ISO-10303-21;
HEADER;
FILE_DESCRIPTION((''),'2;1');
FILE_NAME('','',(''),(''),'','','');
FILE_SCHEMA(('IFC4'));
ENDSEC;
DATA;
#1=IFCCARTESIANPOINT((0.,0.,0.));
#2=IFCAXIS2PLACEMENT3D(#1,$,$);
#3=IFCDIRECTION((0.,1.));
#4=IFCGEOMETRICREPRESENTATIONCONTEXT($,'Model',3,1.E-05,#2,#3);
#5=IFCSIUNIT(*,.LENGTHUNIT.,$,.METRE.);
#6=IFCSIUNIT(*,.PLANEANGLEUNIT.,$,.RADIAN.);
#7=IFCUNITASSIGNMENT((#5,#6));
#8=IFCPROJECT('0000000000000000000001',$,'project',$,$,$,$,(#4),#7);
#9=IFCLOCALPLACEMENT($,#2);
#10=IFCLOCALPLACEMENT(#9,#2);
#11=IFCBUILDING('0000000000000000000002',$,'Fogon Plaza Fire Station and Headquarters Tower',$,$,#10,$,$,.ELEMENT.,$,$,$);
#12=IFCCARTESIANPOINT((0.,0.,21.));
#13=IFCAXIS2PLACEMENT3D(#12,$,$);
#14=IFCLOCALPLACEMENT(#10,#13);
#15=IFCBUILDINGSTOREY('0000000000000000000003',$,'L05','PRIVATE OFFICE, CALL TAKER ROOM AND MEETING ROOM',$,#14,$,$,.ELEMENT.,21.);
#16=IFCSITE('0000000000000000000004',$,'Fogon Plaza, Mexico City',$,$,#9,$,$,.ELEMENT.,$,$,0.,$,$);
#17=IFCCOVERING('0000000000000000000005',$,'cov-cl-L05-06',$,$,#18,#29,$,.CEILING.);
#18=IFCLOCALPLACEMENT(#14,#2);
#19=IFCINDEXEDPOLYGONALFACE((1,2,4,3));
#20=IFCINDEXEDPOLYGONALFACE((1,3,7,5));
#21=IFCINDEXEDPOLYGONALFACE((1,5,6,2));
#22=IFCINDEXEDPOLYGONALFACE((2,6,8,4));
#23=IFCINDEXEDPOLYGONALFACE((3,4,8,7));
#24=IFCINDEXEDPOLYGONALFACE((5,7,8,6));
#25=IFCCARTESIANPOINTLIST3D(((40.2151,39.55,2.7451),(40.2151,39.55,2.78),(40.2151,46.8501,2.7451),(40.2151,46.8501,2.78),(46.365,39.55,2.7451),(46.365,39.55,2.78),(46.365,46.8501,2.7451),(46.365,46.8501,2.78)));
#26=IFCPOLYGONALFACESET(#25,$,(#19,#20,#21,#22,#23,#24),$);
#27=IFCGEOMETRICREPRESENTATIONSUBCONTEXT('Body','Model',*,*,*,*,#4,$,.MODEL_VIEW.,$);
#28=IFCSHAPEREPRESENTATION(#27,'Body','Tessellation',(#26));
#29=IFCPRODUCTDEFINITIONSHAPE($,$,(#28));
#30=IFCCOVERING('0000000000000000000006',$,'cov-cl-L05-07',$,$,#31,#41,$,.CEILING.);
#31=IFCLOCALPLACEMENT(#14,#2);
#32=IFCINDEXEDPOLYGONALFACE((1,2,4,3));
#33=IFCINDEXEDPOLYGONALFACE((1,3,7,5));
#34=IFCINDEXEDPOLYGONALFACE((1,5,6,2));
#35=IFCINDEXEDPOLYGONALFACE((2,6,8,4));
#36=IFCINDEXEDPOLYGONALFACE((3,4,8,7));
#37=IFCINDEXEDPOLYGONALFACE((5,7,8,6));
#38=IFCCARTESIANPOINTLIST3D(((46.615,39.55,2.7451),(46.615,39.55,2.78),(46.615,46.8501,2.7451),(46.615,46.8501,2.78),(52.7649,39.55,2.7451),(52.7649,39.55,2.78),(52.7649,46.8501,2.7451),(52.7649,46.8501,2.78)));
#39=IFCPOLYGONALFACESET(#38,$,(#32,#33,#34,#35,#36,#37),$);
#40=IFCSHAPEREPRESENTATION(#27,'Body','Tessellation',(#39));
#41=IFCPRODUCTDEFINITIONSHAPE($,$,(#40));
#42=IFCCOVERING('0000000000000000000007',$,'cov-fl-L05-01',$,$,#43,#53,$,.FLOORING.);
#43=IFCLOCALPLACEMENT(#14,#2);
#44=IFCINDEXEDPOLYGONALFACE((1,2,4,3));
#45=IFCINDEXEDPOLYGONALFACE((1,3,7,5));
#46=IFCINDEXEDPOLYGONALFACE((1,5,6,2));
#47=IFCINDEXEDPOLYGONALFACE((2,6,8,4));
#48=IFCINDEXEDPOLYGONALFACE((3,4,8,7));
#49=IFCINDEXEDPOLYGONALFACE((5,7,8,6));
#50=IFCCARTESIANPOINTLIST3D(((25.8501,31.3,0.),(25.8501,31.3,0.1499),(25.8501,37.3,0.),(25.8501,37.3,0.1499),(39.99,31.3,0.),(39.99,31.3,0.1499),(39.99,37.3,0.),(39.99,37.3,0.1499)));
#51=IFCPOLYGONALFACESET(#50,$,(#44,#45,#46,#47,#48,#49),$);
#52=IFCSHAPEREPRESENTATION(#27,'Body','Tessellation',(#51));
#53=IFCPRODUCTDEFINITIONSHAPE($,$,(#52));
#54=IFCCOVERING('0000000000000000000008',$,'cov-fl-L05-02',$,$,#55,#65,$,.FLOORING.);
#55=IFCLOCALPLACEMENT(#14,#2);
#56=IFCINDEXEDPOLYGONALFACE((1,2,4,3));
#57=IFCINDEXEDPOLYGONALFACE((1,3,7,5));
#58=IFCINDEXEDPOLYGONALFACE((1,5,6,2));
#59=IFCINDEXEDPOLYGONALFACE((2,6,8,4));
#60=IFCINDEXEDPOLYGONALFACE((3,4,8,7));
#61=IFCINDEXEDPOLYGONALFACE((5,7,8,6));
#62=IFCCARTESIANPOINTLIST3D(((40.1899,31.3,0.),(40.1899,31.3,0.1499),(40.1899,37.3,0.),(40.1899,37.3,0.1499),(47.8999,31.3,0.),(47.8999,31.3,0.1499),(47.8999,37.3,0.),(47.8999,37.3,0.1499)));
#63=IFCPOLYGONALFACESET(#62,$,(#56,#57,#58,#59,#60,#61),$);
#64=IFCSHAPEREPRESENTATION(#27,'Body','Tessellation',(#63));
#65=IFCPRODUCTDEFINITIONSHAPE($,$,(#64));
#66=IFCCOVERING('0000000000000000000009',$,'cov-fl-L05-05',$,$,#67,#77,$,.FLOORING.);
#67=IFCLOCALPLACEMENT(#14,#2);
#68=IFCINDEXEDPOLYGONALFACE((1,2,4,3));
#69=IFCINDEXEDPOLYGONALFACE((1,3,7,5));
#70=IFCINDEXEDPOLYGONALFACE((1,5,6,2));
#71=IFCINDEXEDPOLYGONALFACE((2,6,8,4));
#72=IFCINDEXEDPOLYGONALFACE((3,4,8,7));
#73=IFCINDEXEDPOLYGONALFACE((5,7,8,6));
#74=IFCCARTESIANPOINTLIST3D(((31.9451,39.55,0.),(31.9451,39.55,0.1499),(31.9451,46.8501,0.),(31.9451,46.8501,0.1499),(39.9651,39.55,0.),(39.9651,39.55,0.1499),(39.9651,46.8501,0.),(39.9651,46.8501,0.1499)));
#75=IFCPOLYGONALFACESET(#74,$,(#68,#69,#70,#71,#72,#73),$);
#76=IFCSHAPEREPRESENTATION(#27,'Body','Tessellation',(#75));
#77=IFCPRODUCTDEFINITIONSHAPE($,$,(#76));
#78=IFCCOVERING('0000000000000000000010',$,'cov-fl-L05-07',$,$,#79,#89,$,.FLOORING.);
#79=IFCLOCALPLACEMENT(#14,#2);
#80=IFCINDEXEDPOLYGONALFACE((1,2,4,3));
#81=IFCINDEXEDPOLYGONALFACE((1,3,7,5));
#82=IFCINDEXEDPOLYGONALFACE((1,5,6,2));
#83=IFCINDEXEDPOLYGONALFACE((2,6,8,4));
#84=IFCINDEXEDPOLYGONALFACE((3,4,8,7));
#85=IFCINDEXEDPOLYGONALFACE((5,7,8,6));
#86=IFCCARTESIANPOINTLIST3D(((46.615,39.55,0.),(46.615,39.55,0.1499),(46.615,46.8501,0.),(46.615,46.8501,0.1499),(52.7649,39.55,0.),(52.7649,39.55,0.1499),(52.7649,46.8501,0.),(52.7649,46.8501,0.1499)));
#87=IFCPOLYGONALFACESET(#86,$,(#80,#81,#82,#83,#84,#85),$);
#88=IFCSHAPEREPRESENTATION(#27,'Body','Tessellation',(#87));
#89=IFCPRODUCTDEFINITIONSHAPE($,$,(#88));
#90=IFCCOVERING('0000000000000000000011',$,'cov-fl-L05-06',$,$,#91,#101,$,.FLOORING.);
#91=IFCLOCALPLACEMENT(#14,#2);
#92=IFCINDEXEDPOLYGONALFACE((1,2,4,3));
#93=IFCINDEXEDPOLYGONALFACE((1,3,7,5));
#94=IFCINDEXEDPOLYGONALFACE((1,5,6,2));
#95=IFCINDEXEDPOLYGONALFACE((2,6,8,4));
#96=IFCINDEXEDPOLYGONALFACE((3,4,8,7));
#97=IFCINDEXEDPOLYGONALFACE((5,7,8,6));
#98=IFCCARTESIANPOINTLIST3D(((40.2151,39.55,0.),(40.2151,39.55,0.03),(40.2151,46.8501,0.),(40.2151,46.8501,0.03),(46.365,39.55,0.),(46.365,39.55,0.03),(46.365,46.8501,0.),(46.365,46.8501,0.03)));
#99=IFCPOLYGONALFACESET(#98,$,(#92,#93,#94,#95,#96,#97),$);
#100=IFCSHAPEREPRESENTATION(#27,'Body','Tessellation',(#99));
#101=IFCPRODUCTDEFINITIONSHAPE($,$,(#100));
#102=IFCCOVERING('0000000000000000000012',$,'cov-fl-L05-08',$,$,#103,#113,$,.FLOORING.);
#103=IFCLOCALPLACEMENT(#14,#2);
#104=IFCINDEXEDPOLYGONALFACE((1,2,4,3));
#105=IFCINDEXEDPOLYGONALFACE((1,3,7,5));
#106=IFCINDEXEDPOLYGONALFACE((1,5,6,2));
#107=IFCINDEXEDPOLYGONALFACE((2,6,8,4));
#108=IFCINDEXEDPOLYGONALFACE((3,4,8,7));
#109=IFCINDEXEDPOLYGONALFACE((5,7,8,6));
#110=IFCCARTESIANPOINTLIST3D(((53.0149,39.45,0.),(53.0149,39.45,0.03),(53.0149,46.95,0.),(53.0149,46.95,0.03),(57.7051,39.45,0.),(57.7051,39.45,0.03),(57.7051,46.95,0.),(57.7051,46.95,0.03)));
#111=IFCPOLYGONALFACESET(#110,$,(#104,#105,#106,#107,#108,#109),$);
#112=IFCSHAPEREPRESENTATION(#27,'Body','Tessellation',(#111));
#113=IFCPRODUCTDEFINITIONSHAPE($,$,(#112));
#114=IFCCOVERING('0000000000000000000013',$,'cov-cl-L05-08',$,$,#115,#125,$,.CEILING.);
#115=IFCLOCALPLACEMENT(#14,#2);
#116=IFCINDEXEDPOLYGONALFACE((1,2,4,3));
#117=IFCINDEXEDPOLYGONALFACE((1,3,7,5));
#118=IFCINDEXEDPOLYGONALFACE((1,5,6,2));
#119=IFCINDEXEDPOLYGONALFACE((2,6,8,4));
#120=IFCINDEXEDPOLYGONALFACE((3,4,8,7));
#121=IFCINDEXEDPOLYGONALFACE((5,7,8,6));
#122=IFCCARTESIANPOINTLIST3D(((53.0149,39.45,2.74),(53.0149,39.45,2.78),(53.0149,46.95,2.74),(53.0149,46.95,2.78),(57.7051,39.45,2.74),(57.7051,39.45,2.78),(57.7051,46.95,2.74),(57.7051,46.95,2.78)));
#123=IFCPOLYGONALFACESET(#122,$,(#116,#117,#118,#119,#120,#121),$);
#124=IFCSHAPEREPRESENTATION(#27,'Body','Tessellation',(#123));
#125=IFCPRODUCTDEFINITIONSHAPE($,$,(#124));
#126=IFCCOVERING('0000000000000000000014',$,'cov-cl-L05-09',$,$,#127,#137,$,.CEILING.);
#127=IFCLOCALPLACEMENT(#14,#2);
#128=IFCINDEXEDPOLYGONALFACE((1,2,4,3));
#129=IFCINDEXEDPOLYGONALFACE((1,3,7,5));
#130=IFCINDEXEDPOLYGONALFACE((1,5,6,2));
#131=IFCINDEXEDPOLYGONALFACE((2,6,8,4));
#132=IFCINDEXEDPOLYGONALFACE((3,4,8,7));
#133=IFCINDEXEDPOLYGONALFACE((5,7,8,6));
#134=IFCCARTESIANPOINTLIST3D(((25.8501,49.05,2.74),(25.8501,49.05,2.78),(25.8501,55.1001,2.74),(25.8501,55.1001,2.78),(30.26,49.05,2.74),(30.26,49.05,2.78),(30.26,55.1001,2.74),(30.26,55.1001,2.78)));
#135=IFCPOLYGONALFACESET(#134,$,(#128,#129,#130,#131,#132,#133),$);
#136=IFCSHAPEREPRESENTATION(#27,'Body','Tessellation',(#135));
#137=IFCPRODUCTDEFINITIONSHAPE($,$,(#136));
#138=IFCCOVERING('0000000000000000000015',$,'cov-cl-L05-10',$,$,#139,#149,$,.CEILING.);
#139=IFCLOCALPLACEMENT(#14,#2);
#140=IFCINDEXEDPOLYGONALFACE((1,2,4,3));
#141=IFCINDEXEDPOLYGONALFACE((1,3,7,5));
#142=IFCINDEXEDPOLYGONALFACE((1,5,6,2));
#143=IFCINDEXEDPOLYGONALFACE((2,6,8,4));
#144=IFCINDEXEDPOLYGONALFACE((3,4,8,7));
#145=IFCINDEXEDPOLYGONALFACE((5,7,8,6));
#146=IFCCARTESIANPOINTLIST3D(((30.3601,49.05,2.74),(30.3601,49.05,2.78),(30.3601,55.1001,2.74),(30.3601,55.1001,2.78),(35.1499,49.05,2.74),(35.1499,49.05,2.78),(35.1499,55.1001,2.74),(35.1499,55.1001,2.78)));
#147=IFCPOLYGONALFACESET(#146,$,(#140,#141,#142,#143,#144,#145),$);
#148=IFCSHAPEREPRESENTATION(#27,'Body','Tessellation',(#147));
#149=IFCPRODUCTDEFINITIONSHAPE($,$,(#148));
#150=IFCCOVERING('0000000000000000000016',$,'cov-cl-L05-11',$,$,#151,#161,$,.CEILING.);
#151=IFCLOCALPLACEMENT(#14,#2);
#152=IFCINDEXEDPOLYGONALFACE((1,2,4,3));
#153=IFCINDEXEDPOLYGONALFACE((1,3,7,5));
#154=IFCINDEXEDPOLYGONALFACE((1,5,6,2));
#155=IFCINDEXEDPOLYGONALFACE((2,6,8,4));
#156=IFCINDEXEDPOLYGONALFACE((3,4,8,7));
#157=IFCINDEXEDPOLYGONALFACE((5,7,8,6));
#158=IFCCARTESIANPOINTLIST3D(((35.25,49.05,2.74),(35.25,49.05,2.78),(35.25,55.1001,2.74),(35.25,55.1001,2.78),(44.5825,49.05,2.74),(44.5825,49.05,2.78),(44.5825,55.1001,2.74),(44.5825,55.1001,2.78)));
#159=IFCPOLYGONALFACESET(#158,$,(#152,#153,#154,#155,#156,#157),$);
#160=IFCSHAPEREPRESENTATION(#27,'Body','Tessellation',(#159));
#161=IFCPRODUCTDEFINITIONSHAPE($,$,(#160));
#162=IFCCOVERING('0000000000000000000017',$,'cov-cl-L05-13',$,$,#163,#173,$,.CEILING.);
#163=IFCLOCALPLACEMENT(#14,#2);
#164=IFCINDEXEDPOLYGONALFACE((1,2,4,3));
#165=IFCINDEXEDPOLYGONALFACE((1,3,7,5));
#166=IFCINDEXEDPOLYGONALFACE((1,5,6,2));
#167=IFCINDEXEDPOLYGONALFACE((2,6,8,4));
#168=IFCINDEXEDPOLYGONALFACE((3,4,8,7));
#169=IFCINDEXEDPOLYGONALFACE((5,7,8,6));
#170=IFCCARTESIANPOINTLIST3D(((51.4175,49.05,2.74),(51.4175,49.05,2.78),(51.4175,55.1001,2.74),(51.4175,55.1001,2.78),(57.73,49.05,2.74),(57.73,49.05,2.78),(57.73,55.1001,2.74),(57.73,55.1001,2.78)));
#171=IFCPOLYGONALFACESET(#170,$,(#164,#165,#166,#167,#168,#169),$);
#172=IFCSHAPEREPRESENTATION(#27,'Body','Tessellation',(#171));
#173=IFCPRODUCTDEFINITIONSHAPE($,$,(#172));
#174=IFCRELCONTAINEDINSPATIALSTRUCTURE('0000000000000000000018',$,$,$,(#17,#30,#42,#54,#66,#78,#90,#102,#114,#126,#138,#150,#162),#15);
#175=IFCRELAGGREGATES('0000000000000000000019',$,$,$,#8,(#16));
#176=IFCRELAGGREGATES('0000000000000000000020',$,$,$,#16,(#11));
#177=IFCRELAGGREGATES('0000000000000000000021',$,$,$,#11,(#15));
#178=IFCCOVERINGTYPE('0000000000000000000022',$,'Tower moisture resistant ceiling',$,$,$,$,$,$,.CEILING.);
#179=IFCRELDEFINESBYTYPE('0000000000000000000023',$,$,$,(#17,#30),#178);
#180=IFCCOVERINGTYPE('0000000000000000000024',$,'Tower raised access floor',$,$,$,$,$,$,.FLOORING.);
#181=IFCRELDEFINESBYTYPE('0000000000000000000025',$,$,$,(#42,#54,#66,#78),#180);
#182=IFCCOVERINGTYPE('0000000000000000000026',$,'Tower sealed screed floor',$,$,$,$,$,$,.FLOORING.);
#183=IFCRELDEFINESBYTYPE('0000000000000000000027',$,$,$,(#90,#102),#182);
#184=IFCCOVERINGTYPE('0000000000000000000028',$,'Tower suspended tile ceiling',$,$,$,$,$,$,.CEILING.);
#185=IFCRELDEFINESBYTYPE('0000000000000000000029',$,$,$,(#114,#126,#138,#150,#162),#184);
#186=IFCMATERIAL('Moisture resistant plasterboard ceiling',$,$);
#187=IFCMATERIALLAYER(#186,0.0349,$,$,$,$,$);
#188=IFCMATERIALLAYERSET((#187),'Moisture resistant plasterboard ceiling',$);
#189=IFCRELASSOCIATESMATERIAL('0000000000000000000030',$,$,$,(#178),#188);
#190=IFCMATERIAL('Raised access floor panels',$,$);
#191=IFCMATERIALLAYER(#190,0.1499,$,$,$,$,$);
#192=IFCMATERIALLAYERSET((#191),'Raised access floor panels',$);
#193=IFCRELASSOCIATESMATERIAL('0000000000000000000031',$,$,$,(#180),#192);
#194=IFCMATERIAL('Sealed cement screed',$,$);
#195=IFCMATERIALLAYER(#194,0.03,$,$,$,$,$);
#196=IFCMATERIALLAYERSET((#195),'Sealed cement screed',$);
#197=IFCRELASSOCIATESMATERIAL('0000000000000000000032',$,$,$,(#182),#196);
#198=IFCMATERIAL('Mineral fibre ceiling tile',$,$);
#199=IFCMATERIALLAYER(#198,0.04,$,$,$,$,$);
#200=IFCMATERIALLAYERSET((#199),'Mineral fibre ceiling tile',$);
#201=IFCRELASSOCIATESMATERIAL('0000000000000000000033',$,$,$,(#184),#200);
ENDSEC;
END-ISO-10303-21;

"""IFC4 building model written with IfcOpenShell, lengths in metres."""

from ifc_helpers import new_model, si_unit, direction, frame, origin, place, context, subcontext, project, spatial, polyline, outline, extrude, material, layer, layer_set, type_object, element, save


model = new_model("IFC4")

# Units and contexts
model_context = context("Model", 3, precision=1e-05, world=origin(), true_north=direction((0.0, 1.0)))
body_context = subcontext(model_context, "Body", "Model", "MODEL_VIEW")
ifc_project = project(units=[si_unit("LENGTHUNIT", "METRE"), si_unit("PLANEANGLEUNIT", "RADIAN")], contexts=[model_context])

# Site, building, storey
site_placement = place(None, origin())
site = spatial("IfcSite", under=ifc_project, at=site_placement, Name="Fogon Plaza, Mexico City", CompositionType="ELEMENT", RefElevation=0.0)
building_placement = place(site_placement, origin())
building = spatial("IfcBuilding", under=site, at=building_placement, Name="Fogon Plaza Fire Station and Headquarters Tower", CompositionType="ELEMENT")
storey_placement = place(building_placement, frame((0.0, 0.0, 21.0)))
storey = spatial("IfcBuildingStorey", under=building, at=storey_placement, Name="L05", Description="PRIVATE OFFICE, CALL TAKER ROOM AND MEETING ROOM", CompositionType="ELEMENT", Elevation=21.0)

# Coverings
ifc_material_1 = material(Name="Moisture resistant plasterboard ceiling")
ifc_layer_1 = layer(ifc_material_1, 0.0349)
ifc_layer_set_1 = layer_set([ifc_layer_1], Name="Moisture resistant plasterboard ceiling")
covering_type_1 = type_object("IfcCoveringType", Name="Tower moisture resistant ceiling", PredefinedType="CEILING", material=ifc_layer_set_1)
covering_1_placement = place(storey_placement, frame((0.0, 0.0, 2.7451)))
element("IfcCovering", 1, at=covering_1_placement, inside=storey, type_object=covering_type_1, Name="cov-cl-L05-06", PredefinedType="CEILING", context=body_context, shape_type="SweptSolid", body=[
    extrude(outline(polyline([(46.365, 39.55), (46.365, 46.8501), (40.2151, 46.8501), (40.2151, 39.55), (46.365, 39.55)])), origin(), (0.0, 0.0, 1.0), 0.0349),
])
covering_2_placement = place(storey_placement, frame((0.0, 0.0, 2.7451)))
element("IfcCovering", 2, at=covering_2_placement, inside=storey, type_object=covering_type_1, Name="cov-cl-L05-07", PredefinedType="CEILING", context=body_context, shape_type="SweptSolid", body=[
    extrude(outline(polyline([(52.7649, 39.55), (52.7649, 46.8501), (46.615, 46.8501), (46.615, 39.55), (52.7649, 39.55)])), origin(), (0.0, 0.0, 1.0), 0.0349),
])
ifc_material_2 = material(Name="Raised access floor panels")
ifc_layer_2 = layer(ifc_material_2, 0.1499)
ifc_layer_set_2 = layer_set([ifc_layer_2], Name="Raised access floor panels")
covering_type_2 = type_object("IfcCoveringType", Name="Tower raised access floor", PredefinedType="FLOORING", material=ifc_layer_set_2)
covering_3_placement = place(storey_placement, origin())
element("IfcCovering", 3, at=covering_3_placement, inside=storey, type_object=covering_type_2, Name="cov-fl-L05-01", PredefinedType="FLOORING", context=body_context, shape_type="SweptSolid", body=[
    extrude(outline(polyline([(39.99, 31.3), (39.99, 37.3), (25.8501, 37.3), (25.8501, 31.3), (39.99, 31.3)])), origin(), (0.0, 0.0, 1.0), 0.1499),
])
covering_4_placement = place(storey_placement, origin())
element("IfcCovering", 4, at=covering_4_placement, inside=storey, type_object=covering_type_2, Name="cov-fl-L05-02", PredefinedType="FLOORING", context=body_context, shape_type="SweptSolid", body=[
    extrude(outline(polyline([(47.8999, 31.3), (47.8999, 37.3), (40.1899, 37.3), (40.1899, 31.3), (47.8999, 31.3)])), origin(), (0.0, 0.0, 1.0), 0.1499),
])
covering_5_placement = place(storey_placement, origin())
element("IfcCovering", 5, at=covering_5_placement, inside=storey, type_object=covering_type_2, Name="cov-fl-L05-05", PredefinedType="FLOORING", context=body_context, shape_type="SweptSolid", body=[
    extrude(outline(polyline([(39.9651, 39.55), (39.9651, 46.8501), (31.9451, 46.8501), (31.9451, 39.55), (39.9651, 39.55)])), origin(), (0.0, 0.0, 1.0), 0.1499),
])
covering_6_placement = place(storey_placement, origin())
element("IfcCovering", 6, at=covering_6_placement, inside=storey, type_object=covering_type_2, Name="cov-fl-L05-07", PredefinedType="FLOORING", context=body_context, shape_type="SweptSolid", body=[
    extrude(outline(polyline([(52.7649, 39.55), (52.7649, 46.8501), (46.615, 46.8501), (46.615, 39.55), (52.7649, 39.55)])), origin(), (0.0, 0.0, 1.0), 0.1499),
])
ifc_material_3 = material(Name="Sealed cement screed")
ifc_layer_3 = layer(ifc_material_3, 0.03)
ifc_layer_set_3 = layer_set([ifc_layer_3], Name="Sealed cement screed")
covering_type_3 = type_object("IfcCoveringType", Name="Tower sealed screed floor", PredefinedType="FLOORING", material=ifc_layer_set_3)
covering_7_placement = place(storey_placement, origin())
element("IfcCovering", 7, at=covering_7_placement, inside=storey, type_object=covering_type_3, Name="cov-fl-L05-06", PredefinedType="FLOORING", context=body_context, shape_type="SweptSolid", body=[
    extrude(outline(polyline([(46.365, 39.55), (46.365, 46.8501), (40.2151, 46.8501), (40.2151, 39.55), (46.365, 39.55)])), origin(), (0.0, 0.0, 1.0), 0.03),
])
covering_8_placement = place(storey_placement, origin())
element("IfcCovering", 8, at=covering_8_placement, inside=storey, type_object=covering_type_3, Name="cov-fl-L05-08", PredefinedType="FLOORING", context=body_context, shape_type="SweptSolid", body=[
    extrude(outline(polyline([(57.7051, 39.45), (57.7051, 46.95), (53.0149, 46.95), (53.0149, 39.45), (57.7051, 39.45)])), origin(), (0.0, 0.0, 1.0), 0.03),
])
ifc_material_4 = material(Name="Mineral fibre ceiling tile")
ifc_layer_4 = layer(ifc_material_4, 0.04)
ifc_layer_set_4 = layer_set([ifc_layer_4], Name="Mineral fibre ceiling tile")
covering_type_4 = type_object("IfcCoveringType", Name="Tower suspended tile ceiling", PredefinedType="CEILING", material=ifc_layer_set_4)
covering_9_placement = place(storey_placement, frame((0.0, 0.0, 2.74)))
element("IfcCovering", 9, at=covering_9_placement, inside=storey, type_object=covering_type_4, Name="cov-cl-L05-08", PredefinedType="CEILING", context=body_context, shape_type="SweptSolid", body=[
    extrude(outline(polyline([(57.7051, 39.45), (57.7051, 46.95), (53.0149, 46.95), (53.0149, 39.45), (57.7051, 39.45)])), origin(), (0.0, 0.0, 1.0), 0.04),
])
covering_10_placement = place(storey_placement, frame((0.0, 0.0, 2.74)))
element("IfcCovering", 10, at=covering_10_placement, inside=storey, type_object=covering_type_4, Name="cov-cl-L05-09", PredefinedType="CEILING", context=body_context, shape_type="SweptSolid", body=[
    extrude(outline(polyline([(30.26, 49.05), (30.26, 55.1001), (25.8501, 55.1001), (25.8501, 49.05), (30.26, 49.05)])), origin(), (0.0, 0.0, 1.0), 0.04),
])
covering_11_placement = place(storey_placement, frame((0.0, 0.0, 2.74)))
element("IfcCovering", 11, at=covering_11_placement, inside=storey, type_object=covering_type_4, Name="cov-cl-L05-10", PredefinedType="CEILING", context=body_context, shape_type="SweptSolid", body=[
    extrude(outline(polyline([(35.1499, 49.05), (35.1499, 55.1001), (30.3601, 55.1001), (30.3601, 49.05), (35.1499, 49.05)])), origin(), (0.0, 0.0, 1.0), 0.04),
])
covering_12_placement = place(storey_placement, frame((0.0, 0.0, 2.74)))
element("IfcCovering", 12, at=covering_12_placement, inside=storey, type_object=covering_type_4, Name="cov-cl-L05-11", PredefinedType="CEILING", context=body_context, shape_type="SweptSolid", body=[
    extrude(outline(polyline([(44.5825, 49.05), (44.5825, 55.1001), (35.25, 55.1001), (35.25, 49.05), (44.5825, 49.05)])), origin(), (0.0, 0.0, 1.0), 0.04),
])
covering_13_placement = place(storey_placement, frame((0.0, 0.0, 2.74)))
element("IfcCovering", 13, at=covering_13_placement, inside=storey, type_object=covering_type_4, Name="cov-cl-L05-13", PredefinedType="CEILING", context=body_context, shape_type="SweptSolid", body=[
    extrude(outline(polyline([(57.73, 49.05), (57.73, 55.1001), (51.4175, 55.1001), (51.4175, 49.05), (57.73, 49.05)])), origin(), (0.0, 0.0, 1.0), 0.04),
])

save(model, "model.ifc")
